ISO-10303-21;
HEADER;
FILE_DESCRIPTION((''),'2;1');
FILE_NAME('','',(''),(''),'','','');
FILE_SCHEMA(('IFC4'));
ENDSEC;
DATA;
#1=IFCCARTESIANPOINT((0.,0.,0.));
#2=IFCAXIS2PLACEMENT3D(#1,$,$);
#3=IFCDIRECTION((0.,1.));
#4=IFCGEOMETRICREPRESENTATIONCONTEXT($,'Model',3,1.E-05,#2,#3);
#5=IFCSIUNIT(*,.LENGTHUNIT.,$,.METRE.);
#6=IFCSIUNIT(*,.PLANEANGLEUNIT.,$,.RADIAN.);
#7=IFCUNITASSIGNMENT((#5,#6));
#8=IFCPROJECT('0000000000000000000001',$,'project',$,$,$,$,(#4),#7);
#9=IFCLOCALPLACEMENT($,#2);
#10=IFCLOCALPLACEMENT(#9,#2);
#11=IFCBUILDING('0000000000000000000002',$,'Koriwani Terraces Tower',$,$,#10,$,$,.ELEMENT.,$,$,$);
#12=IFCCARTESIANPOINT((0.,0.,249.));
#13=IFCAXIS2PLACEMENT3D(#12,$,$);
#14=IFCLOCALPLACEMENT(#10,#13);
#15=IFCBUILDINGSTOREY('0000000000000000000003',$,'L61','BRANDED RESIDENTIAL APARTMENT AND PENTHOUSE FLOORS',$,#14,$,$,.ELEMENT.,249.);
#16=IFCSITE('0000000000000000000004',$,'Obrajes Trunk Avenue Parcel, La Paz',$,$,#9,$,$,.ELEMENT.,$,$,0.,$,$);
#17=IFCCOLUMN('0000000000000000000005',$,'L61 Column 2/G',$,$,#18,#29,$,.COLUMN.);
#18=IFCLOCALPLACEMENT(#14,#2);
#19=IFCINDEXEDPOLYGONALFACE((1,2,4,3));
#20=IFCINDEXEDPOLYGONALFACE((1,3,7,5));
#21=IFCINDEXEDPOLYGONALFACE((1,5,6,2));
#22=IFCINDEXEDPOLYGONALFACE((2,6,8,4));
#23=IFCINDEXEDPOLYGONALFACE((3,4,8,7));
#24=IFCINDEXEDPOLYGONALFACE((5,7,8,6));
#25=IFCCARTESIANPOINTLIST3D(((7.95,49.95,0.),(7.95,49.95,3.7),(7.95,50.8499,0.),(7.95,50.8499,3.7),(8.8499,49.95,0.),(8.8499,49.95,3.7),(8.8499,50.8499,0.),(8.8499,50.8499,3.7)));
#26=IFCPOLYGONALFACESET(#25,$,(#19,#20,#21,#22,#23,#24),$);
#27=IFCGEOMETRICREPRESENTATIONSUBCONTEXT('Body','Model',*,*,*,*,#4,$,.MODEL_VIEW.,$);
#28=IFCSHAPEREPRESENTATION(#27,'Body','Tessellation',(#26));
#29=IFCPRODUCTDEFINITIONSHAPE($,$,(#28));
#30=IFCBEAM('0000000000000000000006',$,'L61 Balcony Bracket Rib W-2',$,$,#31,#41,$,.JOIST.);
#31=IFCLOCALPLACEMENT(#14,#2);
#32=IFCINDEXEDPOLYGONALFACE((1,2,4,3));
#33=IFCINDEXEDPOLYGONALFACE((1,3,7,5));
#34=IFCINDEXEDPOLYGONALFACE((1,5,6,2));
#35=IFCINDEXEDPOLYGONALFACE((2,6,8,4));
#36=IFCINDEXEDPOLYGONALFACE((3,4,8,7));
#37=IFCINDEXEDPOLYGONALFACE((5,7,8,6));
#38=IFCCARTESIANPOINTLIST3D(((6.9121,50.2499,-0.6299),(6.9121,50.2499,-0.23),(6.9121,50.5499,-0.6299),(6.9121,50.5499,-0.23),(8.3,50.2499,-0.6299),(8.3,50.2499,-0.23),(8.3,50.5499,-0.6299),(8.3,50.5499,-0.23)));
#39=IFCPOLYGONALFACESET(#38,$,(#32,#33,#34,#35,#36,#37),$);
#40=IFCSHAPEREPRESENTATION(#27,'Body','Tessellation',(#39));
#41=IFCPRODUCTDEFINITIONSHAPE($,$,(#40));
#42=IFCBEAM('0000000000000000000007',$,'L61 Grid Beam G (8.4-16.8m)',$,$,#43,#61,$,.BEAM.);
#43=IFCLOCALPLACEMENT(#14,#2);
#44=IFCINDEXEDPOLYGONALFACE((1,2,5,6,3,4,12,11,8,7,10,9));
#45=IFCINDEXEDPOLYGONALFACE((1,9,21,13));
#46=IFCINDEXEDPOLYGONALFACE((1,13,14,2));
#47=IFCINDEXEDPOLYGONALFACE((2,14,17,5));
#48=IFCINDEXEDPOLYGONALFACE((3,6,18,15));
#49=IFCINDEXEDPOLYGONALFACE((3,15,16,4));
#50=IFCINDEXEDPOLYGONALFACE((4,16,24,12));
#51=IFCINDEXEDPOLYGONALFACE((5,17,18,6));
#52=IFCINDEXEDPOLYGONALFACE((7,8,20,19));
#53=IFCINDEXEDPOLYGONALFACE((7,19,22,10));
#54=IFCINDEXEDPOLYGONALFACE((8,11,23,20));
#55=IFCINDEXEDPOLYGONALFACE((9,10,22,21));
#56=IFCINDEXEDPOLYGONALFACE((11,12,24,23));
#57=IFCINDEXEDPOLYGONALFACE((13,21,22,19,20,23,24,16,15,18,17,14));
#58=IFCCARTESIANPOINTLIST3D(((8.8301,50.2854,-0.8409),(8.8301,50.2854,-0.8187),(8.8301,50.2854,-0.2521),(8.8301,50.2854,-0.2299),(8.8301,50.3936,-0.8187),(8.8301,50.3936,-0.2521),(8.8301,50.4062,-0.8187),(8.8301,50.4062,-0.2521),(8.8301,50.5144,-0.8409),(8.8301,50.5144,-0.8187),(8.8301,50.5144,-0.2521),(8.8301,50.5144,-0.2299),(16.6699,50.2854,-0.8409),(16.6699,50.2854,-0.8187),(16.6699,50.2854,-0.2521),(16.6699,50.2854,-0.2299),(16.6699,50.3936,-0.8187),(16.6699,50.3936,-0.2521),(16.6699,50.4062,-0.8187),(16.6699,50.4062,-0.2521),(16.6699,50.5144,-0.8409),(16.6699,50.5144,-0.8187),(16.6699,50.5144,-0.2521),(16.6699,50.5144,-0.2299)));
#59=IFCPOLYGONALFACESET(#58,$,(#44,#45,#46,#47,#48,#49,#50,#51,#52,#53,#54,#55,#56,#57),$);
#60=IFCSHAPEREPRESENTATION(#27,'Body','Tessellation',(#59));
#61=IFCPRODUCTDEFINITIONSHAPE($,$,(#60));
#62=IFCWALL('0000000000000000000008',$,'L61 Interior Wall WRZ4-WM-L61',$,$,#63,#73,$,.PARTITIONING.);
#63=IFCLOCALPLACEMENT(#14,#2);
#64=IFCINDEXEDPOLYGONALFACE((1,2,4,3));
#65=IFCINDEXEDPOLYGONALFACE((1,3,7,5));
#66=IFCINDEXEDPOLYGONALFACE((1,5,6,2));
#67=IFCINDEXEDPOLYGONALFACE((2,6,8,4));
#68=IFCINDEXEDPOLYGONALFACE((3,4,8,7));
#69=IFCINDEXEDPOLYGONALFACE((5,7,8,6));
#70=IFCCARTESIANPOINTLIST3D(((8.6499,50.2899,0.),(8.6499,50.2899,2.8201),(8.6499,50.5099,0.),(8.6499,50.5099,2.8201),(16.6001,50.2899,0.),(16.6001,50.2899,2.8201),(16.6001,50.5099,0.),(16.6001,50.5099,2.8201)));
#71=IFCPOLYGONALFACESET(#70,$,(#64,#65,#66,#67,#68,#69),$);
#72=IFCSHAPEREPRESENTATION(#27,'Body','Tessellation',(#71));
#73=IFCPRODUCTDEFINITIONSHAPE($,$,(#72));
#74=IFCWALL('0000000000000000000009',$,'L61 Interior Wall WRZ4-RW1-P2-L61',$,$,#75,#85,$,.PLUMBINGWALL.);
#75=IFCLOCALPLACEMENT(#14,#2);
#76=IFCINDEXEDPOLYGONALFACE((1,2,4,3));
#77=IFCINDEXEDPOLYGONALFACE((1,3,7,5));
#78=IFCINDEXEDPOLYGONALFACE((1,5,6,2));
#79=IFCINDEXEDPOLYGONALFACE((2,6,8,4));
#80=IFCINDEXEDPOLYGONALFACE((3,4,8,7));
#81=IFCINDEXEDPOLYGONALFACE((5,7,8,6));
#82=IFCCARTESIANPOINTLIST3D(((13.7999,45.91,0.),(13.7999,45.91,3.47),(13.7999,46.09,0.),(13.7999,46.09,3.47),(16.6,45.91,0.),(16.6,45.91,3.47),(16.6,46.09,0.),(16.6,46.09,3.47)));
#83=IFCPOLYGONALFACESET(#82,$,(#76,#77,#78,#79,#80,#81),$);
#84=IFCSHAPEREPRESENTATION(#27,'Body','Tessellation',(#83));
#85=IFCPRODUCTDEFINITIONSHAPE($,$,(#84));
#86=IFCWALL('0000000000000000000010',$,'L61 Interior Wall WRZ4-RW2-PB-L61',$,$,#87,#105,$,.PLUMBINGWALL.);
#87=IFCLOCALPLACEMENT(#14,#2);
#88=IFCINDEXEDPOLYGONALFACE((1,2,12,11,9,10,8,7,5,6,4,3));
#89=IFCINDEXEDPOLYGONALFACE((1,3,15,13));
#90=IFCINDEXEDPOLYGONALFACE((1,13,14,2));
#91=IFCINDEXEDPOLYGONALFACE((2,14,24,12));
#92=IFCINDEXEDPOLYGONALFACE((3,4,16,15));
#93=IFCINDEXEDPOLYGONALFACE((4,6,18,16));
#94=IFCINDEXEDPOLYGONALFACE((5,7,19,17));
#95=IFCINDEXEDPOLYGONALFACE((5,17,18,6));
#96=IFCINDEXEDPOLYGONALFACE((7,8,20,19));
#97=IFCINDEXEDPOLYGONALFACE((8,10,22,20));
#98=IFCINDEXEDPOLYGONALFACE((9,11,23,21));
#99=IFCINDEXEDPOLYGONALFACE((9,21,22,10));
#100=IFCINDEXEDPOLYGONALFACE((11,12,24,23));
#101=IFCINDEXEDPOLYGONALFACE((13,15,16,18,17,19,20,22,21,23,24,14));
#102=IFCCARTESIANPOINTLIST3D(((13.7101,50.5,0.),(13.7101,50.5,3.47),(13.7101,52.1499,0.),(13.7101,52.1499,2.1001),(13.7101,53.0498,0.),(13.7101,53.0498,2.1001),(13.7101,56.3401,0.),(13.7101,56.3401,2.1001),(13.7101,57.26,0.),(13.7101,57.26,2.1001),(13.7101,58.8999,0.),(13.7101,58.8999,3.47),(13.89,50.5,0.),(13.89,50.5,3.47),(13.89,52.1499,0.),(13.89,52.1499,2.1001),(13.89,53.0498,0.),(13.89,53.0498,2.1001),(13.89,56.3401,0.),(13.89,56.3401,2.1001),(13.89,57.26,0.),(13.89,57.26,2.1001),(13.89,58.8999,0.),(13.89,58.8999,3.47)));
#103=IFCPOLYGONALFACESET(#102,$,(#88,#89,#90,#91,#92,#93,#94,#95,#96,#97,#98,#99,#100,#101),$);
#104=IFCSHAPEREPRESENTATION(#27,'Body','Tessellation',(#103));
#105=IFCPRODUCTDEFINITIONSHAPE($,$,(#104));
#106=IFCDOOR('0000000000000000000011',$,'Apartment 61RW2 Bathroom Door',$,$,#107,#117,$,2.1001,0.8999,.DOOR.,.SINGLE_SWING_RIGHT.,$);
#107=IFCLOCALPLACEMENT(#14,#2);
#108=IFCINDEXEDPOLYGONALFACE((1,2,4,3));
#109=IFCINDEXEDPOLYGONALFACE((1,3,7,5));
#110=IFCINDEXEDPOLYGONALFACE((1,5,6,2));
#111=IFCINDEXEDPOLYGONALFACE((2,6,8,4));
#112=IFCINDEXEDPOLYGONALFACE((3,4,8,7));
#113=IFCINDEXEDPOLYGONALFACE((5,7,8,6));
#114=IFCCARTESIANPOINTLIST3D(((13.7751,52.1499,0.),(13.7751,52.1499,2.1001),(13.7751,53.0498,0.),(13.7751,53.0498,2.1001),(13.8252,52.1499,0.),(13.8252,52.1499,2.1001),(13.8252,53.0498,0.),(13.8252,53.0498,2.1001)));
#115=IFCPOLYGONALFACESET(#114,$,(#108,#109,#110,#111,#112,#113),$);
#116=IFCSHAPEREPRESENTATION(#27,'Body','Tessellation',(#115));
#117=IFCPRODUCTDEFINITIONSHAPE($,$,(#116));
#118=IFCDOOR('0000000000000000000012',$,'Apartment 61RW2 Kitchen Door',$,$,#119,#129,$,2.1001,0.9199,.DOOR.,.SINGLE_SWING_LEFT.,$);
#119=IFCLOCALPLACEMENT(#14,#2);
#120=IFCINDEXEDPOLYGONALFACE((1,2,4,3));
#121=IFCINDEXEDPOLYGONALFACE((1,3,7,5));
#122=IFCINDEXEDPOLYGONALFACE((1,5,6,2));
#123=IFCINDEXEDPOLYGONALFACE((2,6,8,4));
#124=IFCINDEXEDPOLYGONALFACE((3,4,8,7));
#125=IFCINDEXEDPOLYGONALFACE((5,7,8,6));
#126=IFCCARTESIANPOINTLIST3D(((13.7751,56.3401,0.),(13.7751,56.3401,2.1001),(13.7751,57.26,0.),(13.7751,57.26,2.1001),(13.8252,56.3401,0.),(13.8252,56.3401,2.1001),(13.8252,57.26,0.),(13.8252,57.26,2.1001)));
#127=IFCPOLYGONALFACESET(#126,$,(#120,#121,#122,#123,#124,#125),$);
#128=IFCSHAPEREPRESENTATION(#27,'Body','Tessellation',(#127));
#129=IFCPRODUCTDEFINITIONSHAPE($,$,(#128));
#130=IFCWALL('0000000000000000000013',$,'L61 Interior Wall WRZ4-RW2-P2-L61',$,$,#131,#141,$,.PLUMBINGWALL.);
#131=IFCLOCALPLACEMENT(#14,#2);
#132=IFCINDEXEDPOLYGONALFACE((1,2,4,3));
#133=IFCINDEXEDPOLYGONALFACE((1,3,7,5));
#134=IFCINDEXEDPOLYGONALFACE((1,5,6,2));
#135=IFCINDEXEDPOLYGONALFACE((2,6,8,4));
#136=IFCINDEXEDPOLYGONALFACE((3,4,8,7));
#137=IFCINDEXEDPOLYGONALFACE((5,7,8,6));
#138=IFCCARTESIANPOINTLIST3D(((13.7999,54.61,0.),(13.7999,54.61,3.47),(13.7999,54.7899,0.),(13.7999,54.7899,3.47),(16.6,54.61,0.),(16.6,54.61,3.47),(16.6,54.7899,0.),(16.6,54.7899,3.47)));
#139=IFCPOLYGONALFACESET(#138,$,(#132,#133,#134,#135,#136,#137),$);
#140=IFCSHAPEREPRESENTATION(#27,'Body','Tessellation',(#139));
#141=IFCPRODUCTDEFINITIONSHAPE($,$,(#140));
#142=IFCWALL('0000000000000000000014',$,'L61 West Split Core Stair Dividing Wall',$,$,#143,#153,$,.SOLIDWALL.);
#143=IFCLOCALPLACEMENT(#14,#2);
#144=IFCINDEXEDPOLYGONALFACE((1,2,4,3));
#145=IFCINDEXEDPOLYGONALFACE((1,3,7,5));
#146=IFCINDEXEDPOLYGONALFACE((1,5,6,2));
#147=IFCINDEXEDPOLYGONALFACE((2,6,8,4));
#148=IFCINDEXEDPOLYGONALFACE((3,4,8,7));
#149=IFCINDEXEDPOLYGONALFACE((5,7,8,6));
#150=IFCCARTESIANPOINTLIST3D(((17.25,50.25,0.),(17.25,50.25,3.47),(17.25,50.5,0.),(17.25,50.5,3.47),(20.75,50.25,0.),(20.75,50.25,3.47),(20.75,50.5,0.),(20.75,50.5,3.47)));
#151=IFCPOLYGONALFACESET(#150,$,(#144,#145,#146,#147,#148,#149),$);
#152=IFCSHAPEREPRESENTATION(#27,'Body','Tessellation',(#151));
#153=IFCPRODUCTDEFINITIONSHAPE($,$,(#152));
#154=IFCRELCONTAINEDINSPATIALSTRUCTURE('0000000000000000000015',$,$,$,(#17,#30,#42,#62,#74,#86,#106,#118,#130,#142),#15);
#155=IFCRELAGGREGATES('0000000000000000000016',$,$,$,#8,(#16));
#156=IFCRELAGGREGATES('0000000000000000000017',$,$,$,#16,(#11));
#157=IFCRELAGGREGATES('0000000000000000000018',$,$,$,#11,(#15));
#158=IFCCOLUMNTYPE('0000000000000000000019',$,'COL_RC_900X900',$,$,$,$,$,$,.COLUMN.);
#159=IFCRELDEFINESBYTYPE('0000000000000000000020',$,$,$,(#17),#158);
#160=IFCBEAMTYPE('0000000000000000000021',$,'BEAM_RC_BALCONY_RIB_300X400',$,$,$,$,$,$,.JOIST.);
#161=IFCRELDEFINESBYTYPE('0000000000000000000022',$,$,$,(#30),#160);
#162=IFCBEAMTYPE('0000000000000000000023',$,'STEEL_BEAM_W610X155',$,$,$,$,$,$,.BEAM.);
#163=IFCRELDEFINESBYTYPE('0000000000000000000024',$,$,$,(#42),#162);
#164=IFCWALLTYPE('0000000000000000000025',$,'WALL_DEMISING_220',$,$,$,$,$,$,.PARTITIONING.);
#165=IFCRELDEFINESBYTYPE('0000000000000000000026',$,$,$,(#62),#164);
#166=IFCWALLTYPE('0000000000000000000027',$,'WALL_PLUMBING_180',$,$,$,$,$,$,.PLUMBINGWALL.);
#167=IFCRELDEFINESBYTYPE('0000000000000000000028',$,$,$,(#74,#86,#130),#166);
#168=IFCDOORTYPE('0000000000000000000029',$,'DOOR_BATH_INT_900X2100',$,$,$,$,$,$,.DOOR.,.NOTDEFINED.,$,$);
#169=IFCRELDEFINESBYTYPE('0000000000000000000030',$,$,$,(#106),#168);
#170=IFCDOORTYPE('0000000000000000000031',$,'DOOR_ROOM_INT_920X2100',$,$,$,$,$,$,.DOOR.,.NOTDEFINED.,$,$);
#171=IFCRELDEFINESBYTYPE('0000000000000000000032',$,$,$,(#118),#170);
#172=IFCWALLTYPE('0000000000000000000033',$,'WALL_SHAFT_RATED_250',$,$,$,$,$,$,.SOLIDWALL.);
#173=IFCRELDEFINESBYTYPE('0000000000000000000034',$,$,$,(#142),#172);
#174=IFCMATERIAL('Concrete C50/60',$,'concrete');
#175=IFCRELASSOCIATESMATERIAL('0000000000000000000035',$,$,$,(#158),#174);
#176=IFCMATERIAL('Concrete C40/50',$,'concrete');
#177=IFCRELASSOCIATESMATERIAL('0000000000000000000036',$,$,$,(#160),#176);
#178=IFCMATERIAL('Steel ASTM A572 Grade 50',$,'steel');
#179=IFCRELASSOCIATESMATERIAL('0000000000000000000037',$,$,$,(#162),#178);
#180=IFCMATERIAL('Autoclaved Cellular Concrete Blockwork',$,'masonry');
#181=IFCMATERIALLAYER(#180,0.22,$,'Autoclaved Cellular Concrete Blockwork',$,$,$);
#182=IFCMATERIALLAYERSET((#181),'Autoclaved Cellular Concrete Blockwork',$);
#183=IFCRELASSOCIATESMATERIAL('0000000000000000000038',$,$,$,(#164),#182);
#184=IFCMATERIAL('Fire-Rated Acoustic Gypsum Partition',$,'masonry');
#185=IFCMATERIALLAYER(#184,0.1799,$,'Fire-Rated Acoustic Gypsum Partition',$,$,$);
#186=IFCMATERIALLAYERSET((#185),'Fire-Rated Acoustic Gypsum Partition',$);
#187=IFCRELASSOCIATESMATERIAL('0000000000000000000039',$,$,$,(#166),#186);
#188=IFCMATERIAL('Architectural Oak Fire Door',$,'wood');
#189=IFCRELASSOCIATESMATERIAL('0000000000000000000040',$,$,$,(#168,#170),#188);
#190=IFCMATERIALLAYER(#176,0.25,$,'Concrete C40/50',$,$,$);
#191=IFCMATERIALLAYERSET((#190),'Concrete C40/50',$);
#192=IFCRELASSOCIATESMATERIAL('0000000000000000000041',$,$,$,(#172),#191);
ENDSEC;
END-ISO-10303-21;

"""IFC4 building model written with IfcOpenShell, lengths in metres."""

from ifc_helpers import new_model, si_unit, direction, frame, frame_2d, origin, origin_2d, place, context, subcontext, project, spatial, rectangle, i_section, extrude, material, layer, layer_set, material_profile, profile_set, type_object, element, fill, save


model = new_model("IFC4")

# Units and contexts
model_context = context("Model", 3, precision=1e-05, world=origin(), true_north=direction((0.0, 1.0)))
body_context = subcontext(model_context, "Body", "Model", "MODEL_VIEW")
ifc_project = project(units=[si_unit("LENGTHUNIT", "METRE"), si_unit("PLANEANGLEUNIT", "RADIAN")], contexts=[model_context])

# Site, building, storey
site_placement = place(None, origin())
site = spatial("IfcSite", under=ifc_project, at=site_placement, Name="Obrajes Trunk Avenue Parcel, La Paz", CompositionType="ELEMENT", RefElevation=0.0)
building_placement = place(site_placement, origin())
building = spatial("IfcBuilding", under=site, at=building_placement, Name="Koriwani Terraces Tower", CompositionType="ELEMENT")
storey_placement = place(building_placement, frame((0.0, 0.0, 249.0)))
storey = spatial("IfcBuildingStorey", under=building, at=storey_placement, Name="L61", Description="BRANDED RESIDENTIAL APARTMENT AND PENTHOUSE FLOORS", CompositionType="ELEMENT", Elevation=249.0)

# Column
ifc_material_1 = material(Name="Concrete C50/60", Category="concrete")
ifc_material_profile_1 = material_profile(ifc_material_1, rectangle(XDim=0.8999, YDim=0.8999, at=origin_2d()), Name="Concrete C50/60", Category="LoadBearing")
ifc_profile_set_1 = profile_set([ifc_material_profile_1], Name="Concrete C50/60")
column_type = type_object("IfcColumnType", Name="COL_RC_900X900", PredefinedType="COLUMN", material=ifc_profile_set_1)
column_placement = place(storey_placement, frame((8.3999, 50.3999, 0.0), z_axis=(0.0, 0.0, 1.0), x_axis=(1.0, 0.0, 0.0)))
element("IfcColumn", 1, at=column_placement, inside=storey, type_object=column_type, Name="L61 Column 2/G", PredefinedType="COLUMN", context=body_context, shape_type="SweptSolid", body=[
    extrude(rectangle(XDim=0.8999, YDim=0.8999, at=origin_2d()), origin(), (0.0, 0.0, 1.0), 3.7),
])

# Beams
ifc_material_2 = material(Name="Concrete C40/50", Category="concrete")
ifc_material_profile_2 = material_profile(ifc_material_2, rectangle(XDim=0.3, YDim=0.3999, at=origin_2d()), Name="Concrete C40/50", Category="LoadBearing")
ifc_profile_set_2 = profile_set([ifc_material_profile_2], Name="Concrete C40/50")
beam_type_1 = type_object("IfcBeamType", Name="BEAM_RC_BALCONY_RIB_300X400", PredefinedType="JOIST", material=ifc_profile_set_2)
beam_1_placement = place(storey_placement, frame((6.9121, 50.3999, -0.4299), z_axis=(1.0, 0.0, 0.0), x_axis=(0.0, 1.0, 0.0)))
element("IfcBeam", 2, at=beam_1_placement, inside=storey, type_object=beam_type_1, Name="L61 Balcony Bracket Rib W-2", PredefinedType="JOIST", context=body_context, shape_type="SweptSolid", body=[
    extrude(rectangle(XDim=0.3, YDim=0.3999, at=origin_2d()), origin(), (0.0, 0.0, 1.0), 1.3879),
])
ifc_material_3 = material(Name="Steel ASTM A572 Grade 50", Category="steel")
ifc_material_profile_3 = material_profile(ifc_material_3, i_section(OverallWidth=0.229, OverallDepth=0.6111, WebThickness=0.0127, FlangeThickness=0.0222, at=origin_2d()), Name="Steel ASTM A572 Grade 50", Category="LoadBearing")
ifc_profile_set_3 = profile_set([ifc_material_profile_3], Name="Steel ASTM A572 Grade 50")
beam_type_2 = type_object("IfcBeamType", Name="STEEL_BEAM_W610X155", PredefinedType="BEAM", material=ifc_profile_set_3)
beam_2_placement = place(storey_placement, frame((8.8301, 50.3999, -0.5354), z_axis=(1.0, 0.0, 0.0), x_axis=(0.0, 1.0, 0.0)))
element("IfcBeam", 3, at=beam_2_placement, inside=storey, type_object=beam_type_2, Name="L61 Grid Beam G (8.4-16.8m)", PredefinedType="BEAM", context=body_context, shape_type="SweptSolid", body=[
    extrude(i_section(OverallWidth=0.229, OverallDepth=0.6111, WebThickness=0.0127, FlangeThickness=0.0222, at=origin_2d()), origin(), (0.0, 0.0, 1.0), 7.8398),
])

# Walls
ifc_material_4 = material(Name="Autoclaved Cellular Concrete Blockwork", Category="masonry")
ifc_layer_1 = layer(ifc_material_4, 0.22, Name="Autoclaved Cellular Concrete Blockwork")
ifc_layer_set_1 = layer_set([ifc_layer_1], Name="Autoclaved Cellular Concrete Blockwork")
wall_type_1 = type_object("IfcWallType", Name="WALL_DEMISING_220", PredefinedType="PARTITIONING", material=ifc_layer_set_1)
wall_1_placement = place(storey_placement, frame((8.6499, 50.3999, 0.0), z_axis=(0.0, 0.0, 1.0), x_axis=(1.0, 0.0, 0.0)))
element("IfcWall", 4, at=wall_1_placement, inside=storey, type_object=wall_type_1, Name="L61 Interior Wall WRZ4-WM-L61", PredefinedType="PARTITIONING", context=body_context, shape_type="SweptSolid", body=[
    extrude(rectangle(XDim=7.9502, YDim=0.22, at=frame_2d((3.9751, 0.0))), origin(), (0.0, 0.0, 1.0), 2.8201),
])
ifc_material_5 = material(Name="Fire-Rated Acoustic Gypsum Partition", Category="masonry")
ifc_layer_2 = layer(ifc_material_5, 0.1799, Name="Fire-Rated Acoustic Gypsum Partition")
ifc_layer_set_2 = layer_set([ifc_layer_2], Name="Fire-Rated Acoustic Gypsum Partition")
wall_type_2 = type_object("IfcWallType", Name="WALL_PLUMBING_180", PredefinedType="PLUMBINGWALL", material=ifc_layer_set_2)
wall_2_placement = place(storey_placement, frame((13.8, 46.0, 0.0), z_axis=(0.0, 0.0, 1.0), x_axis=(1.0, 0.0, 0.0)))
element("IfcWall", 5, at=wall_2_placement, inside=storey, type_object=wall_type_2, Name="L61 Interior Wall WRZ4-RW1-P2-L61", PredefinedType="PLUMBINGWALL", context=body_context, shape_type="SweptSolid", body=[
    extrude(rectangle(XDim=2.8, YDim=0.1799, at=frame_2d((1.3999, 0.0))), origin(), (0.0, 0.0, 1.0), 3.47),
])

# Wall, openings, doors
wall_3_placement = place(storey_placement, frame((13.8, 50.5, 0.0), z_axis=(0.0, 0.0, 1.0), x_axis=(0.0, 1.0, 0.0)))
wall_3 = element("IfcWall", 6, at=wall_3_placement, inside=storey, type_object=wall_type_2, Name="L61 Interior Wall WRZ4-RW2-PB-L61", PredefinedType="PLUMBINGWALL", context=body_context, shape_type="SweptSolid", body=[
    extrude(rectangle(XDim=8.3999, YDim=0.1799, at=frame_2d((4.2, 0.0))), origin(), (0.0, 0.0, 1.0), 3.47),
])
opening_1_placement = place(wall_3_placement, frame((1.6499, 0.0, 0.0)))
opening_1 = element("IfcOpeningElement", 7, at=opening_1_placement, cuts=wall_3, PredefinedType="OPENING", context=body_context, shape_type="SweptSolid", body=[
    extrude(rectangle(XDim=0.8999, YDim=2.1001, at=frame_2d((0.45, 1.05))), frame((0.0, 0.1001, 0.0), z_axis=(0.0, -1.0, 0.0), x_axis=(1.0, 0.0, 0.0)), (0.0, 0.0, 1.0), 0.2),
])
opening_2_placement = place(wall_3_placement, frame((5.8401, 0.0, 0.0)))
opening_2 = element("IfcOpeningElement", 8, at=opening_2_placement, cuts=wall_3, PredefinedType="OPENING", context=body_context, shape_type="SweptSolid", body=[
    extrude(rectangle(XDim=0.9199, YDim=2.1001, at=frame_2d((0.46, 1.05))), frame((0.0, 0.1001, 0.0), z_axis=(0.0, -1.0, 0.0), x_axis=(1.0, 0.0, 0.0)), (0.0, 0.0, 1.0), 0.2),
])
ifc_material_6 = material(Name="Architectural Oak Fire Door", Category="wood")
door_type_1 = type_object("IfcDoorType", Name="DOOR_BATH_INT_900X2100", OperationType="NOTDEFINED", PredefinedType="DOOR", material=ifc_material_6)
door_1_placement = place(opening_1_placement, origin())
door_1 = element("IfcDoor", 9, at=door_1_placement, inside=storey, type_object=door_type_1, Name="Apartment 61RW2 Bathroom Door", OperationType="SINGLE_SWING_RIGHT", OverallHeight=2.1001, OverallWidth=0.8999, PredefinedType="DOOR", context=body_context, shape_type="SweptSolid", body=[
    extrude(rectangle(XDim=0.8999, YDim=2.1001, at=frame_2d((0.45, 1.05))), frame((0.0, 0.0249, 0.0), z_axis=(0.0, -1.0, 0.0), x_axis=(1.0, 0.0, 0.0)), (0.0, 0.0, 1.0), 0.05),
])
fill(opening_1, door_1)
door_type_2 = type_object("IfcDoorType", Name="DOOR_ROOM_INT_920X2100", OperationType="NOTDEFINED", PredefinedType="DOOR", material=ifc_material_6)
door_2_placement = place(opening_2_placement, origin())
door_2 = element("IfcDoor", 10, at=door_2_placement, inside=storey, type_object=door_type_2, Name="Apartment 61RW2 Kitchen Door", OperationType="SINGLE_SWING_LEFT", OverallHeight=2.1001, OverallWidth=0.9199, PredefinedType="DOOR", context=body_context, shape_type="SweptSolid", body=[
    extrude(rectangle(XDim=0.9199, YDim=2.1001, at=frame_2d((0.46, 1.05))), frame((0.0, 0.0249, 0.0), z_axis=(0.0, -1.0, 0.0), x_axis=(1.0, 0.0, 0.0)), (0.0, 0.0, 1.0), 0.05),
])
fill(opening_2, door_2)

# Walls
wall_4_placement = place(storey_placement, frame((13.8, 54.7, 0.0), z_axis=(0.0, 0.0, 1.0), x_axis=(1.0, 0.0, 0.0)))
element("IfcWall", 11, at=wall_4_placement, inside=storey, type_object=wall_type_2, Name="L61 Interior Wall WRZ4-RW2-P2-L61", PredefinedType="PLUMBINGWALL", context=body_context, shape_type="SweptSolid", body=[
    extrude(rectangle(XDim=2.8, YDim=0.1799, at=frame_2d((1.3999, 0.0))), origin(), (0.0, 0.0, 1.0), 3.47),
])
ifc_layer_3 = layer(ifc_material_2, 0.25, Name="Concrete C40/50")
ifc_layer_set_3 = layer_set([ifc_layer_3], Name="Concrete C40/50")
wall_type_3 = type_object("IfcWallType", Name="WALL_SHAFT_RATED_250", PredefinedType="SOLIDWALL", material=ifc_layer_set_3)
wall_5_placement = place(storey_placement, frame((17.25, 50.375, 0.0), z_axis=(0.0, 0.0, 1.0), x_axis=(1.0, 0.0, 0.0)))
element("IfcWall", 12, at=wall_5_placement, inside=storey, type_object=wall_type_3, Name="L61 West Split Core Stair Dividing Wall", PredefinedType="SOLIDWALL", context=body_context, shape_type="SweptSolid", body=[
    extrude(rectangle(XDim=3.5, YDim=0.25, at=frame_2d((1.75, 0.0))), origin(), (0.0, 0.0, 1.0), 3.47),
])

save(model, "model.ifc")
